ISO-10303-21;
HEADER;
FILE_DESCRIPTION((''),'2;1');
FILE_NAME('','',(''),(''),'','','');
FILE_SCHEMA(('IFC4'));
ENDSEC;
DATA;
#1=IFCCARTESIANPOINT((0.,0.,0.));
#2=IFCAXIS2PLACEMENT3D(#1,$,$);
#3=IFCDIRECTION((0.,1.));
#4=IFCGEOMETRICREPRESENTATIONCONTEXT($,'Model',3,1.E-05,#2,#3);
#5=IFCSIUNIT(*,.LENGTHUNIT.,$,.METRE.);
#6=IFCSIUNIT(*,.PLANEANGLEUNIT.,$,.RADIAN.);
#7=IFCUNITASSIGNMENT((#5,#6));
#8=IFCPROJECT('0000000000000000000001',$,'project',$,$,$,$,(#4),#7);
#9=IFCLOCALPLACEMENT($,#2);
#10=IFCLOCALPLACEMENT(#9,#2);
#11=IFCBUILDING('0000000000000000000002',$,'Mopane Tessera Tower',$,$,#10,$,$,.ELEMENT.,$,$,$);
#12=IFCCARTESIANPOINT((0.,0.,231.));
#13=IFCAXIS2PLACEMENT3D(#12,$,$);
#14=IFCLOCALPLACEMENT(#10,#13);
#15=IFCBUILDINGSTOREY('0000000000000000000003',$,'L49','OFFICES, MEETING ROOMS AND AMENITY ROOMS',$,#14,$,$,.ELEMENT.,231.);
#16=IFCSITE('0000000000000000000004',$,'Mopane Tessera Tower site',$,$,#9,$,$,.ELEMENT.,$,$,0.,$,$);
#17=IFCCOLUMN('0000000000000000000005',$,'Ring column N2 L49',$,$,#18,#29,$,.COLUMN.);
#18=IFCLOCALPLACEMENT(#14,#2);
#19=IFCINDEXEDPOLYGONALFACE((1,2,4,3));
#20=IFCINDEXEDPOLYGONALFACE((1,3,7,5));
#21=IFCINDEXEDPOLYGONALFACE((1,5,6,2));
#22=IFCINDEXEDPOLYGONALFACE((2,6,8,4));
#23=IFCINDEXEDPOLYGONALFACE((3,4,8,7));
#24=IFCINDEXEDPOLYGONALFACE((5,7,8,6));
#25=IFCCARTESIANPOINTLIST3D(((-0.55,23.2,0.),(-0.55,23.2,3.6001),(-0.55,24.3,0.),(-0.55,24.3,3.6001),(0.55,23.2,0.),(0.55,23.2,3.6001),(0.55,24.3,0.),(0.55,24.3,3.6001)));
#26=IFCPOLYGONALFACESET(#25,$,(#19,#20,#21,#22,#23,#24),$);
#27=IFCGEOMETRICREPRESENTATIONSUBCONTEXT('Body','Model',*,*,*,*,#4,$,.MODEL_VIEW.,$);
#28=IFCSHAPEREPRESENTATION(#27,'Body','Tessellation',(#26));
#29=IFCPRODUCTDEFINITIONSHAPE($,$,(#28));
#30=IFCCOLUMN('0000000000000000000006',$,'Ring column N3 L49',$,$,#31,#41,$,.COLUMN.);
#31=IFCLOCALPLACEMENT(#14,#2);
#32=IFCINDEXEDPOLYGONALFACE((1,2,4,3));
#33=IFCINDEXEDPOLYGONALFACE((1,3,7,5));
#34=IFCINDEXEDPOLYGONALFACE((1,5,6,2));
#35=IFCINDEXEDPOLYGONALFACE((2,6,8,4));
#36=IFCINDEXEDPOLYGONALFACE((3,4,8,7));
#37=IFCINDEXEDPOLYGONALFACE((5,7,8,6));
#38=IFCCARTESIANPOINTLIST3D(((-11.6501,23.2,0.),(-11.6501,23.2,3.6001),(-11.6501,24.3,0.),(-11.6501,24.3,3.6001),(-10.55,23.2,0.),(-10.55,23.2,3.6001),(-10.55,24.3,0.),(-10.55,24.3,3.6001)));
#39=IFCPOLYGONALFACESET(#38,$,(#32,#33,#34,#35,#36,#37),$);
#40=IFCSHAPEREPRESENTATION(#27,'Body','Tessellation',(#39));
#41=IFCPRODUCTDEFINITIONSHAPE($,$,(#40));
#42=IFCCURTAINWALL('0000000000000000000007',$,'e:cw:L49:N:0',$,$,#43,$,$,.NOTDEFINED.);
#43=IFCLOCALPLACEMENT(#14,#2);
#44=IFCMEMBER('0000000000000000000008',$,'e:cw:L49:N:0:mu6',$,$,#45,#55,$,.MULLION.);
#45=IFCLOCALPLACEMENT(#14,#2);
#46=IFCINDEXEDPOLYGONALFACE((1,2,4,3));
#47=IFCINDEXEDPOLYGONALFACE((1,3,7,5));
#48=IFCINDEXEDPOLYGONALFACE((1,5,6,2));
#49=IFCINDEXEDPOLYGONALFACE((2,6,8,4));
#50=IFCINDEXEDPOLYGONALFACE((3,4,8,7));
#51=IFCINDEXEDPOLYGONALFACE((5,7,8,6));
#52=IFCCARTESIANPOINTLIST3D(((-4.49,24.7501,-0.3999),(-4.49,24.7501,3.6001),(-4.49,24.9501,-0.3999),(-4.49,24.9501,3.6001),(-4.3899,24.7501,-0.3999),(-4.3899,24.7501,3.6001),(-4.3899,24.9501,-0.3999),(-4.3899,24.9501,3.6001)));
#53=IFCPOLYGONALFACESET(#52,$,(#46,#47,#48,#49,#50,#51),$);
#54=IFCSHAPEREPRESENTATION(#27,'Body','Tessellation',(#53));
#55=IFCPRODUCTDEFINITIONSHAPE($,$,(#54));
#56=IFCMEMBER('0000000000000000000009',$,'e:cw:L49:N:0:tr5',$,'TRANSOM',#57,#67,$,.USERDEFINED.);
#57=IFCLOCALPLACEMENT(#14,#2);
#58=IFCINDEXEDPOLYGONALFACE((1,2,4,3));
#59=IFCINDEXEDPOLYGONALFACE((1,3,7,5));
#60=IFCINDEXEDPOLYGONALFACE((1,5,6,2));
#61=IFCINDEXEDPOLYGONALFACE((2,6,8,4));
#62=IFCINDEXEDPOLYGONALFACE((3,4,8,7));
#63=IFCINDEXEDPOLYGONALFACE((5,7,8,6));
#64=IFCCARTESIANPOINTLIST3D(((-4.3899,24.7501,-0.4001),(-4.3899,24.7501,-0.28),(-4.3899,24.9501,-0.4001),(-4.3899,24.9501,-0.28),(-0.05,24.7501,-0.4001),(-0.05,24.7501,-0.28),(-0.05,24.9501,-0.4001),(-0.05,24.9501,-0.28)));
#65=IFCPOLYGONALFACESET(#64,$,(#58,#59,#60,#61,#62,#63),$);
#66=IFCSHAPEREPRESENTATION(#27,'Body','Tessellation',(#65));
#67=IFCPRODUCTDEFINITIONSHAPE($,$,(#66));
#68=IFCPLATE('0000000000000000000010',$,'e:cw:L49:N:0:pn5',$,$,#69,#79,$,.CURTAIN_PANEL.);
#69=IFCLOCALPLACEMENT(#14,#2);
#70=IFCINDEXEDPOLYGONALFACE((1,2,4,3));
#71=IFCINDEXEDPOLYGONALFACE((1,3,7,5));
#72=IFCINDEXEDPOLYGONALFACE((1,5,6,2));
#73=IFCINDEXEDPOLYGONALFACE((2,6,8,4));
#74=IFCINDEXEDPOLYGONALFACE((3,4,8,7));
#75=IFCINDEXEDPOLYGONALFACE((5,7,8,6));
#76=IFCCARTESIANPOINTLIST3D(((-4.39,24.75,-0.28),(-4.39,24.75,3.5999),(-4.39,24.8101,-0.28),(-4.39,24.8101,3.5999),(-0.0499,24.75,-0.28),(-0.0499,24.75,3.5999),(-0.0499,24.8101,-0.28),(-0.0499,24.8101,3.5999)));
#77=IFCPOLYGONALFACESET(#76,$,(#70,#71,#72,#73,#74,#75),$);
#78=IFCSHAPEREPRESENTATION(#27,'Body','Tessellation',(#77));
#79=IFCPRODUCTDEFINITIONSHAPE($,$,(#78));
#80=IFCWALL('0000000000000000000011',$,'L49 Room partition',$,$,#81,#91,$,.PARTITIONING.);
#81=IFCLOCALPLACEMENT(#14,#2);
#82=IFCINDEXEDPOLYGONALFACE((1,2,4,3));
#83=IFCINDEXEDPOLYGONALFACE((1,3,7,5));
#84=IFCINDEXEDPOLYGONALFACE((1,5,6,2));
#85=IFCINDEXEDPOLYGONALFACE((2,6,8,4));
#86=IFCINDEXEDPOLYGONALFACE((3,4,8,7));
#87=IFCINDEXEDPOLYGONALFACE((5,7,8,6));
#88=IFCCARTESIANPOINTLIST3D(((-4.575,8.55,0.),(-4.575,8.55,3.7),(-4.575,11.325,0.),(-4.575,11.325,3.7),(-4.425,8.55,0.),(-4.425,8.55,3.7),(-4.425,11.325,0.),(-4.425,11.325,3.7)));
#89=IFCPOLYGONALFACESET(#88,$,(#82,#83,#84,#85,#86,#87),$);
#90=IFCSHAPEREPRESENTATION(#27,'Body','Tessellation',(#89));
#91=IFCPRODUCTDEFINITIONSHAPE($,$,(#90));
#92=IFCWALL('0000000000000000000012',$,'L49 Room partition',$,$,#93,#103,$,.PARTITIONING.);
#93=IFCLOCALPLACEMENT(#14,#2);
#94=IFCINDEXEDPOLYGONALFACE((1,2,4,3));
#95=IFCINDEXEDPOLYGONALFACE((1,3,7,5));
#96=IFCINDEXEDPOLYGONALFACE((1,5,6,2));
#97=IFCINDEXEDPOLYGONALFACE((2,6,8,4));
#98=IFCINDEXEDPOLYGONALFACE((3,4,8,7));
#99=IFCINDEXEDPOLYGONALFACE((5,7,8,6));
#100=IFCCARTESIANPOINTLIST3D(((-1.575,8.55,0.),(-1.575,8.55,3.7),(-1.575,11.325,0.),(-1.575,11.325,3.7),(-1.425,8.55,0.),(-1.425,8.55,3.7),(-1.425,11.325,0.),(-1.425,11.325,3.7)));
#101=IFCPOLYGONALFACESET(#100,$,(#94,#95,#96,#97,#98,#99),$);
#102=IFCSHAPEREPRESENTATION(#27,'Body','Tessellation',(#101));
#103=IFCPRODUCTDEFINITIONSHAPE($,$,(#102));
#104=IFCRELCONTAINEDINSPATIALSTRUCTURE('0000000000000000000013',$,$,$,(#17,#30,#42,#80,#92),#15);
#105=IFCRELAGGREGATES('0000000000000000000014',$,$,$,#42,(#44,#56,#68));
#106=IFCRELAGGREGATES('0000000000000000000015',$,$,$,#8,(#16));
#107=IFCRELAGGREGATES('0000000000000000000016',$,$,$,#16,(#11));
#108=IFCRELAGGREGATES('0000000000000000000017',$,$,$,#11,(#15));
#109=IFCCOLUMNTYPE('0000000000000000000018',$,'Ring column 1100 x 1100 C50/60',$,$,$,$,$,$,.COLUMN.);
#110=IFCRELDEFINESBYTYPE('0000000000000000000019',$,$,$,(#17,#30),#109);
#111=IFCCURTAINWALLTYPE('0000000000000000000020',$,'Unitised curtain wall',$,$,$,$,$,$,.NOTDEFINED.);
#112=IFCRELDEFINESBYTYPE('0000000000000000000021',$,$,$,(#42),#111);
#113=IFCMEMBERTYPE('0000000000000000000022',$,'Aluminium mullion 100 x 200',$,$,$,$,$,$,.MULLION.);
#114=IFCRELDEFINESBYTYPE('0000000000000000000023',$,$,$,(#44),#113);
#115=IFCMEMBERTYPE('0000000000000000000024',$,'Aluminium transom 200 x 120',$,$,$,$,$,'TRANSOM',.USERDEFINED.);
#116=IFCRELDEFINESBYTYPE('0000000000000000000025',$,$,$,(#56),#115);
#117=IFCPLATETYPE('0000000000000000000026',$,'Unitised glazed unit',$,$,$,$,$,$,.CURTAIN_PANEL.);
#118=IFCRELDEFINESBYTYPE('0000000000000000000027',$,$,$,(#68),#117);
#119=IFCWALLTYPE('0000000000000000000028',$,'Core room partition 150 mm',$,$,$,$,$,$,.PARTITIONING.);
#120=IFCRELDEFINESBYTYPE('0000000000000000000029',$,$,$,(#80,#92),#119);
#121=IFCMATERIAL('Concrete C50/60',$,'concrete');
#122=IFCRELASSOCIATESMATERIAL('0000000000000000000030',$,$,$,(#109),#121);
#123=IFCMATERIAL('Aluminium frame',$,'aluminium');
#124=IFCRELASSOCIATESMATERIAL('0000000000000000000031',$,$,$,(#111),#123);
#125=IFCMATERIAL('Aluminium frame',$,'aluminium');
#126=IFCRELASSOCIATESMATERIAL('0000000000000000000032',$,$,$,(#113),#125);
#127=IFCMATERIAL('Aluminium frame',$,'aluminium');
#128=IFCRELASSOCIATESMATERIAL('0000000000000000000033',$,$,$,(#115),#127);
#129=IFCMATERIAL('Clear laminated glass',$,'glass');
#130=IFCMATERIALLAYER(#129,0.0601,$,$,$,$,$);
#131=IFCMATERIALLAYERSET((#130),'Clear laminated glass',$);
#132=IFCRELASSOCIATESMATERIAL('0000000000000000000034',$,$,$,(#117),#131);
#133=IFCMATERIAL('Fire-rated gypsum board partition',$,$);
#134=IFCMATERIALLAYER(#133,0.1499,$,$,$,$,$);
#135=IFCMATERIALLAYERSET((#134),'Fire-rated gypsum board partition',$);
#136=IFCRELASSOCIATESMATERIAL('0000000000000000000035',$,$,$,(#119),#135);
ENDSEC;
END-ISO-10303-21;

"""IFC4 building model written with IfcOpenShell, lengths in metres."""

from ifc_helpers import new_model, si_unit, direction, frame, frame_2d, origin, origin_2d, place, context, subcontext, project, spatial, rectangle, extrude, material, layer, layer_set, material_profile, profile_set, type_object, element, aggregate, save


model = new_model("IFC4")

# Units and contexts
model_context = context("Model", 3, precision=1e-05, world=origin(), true_north=direction((0.0, 1.0)))
body_context = subcontext(model_context, "Body", "Model", "MODEL_VIEW")
ifc_project = project(units=[si_unit("LENGTHUNIT", "METRE"), si_unit("PLANEANGLEUNIT", "RADIAN")], contexts=[model_context])

# Site, building, storey
site_placement = place(None, origin())
site = spatial("IfcSite", under=ifc_project, at=site_placement, Name="Mopane Tessera Tower site", CompositionType="ELEMENT", RefElevation=0.0)
building_placement = place(site_placement, origin())
building = spatial("IfcBuilding", under=site, at=building_placement, Name="Mopane Tessera Tower", CompositionType="ELEMENT")
storey_placement = place(building_placement, frame((0.0, 0.0, 231.0)))
storey = spatial("IfcBuildingStorey", under=building, at=storey_placement, Name="L49", Description="OFFICES, MEETING ROOMS AND AMENITY ROOMS", CompositionType="ELEMENT", Elevation=231.0)

# Columns
ifc_material_1 = material(Name="Concrete C50/60", Category="concrete")
ifc_material_profile_1 = material_profile(ifc_material_1, rectangle(XDim=1.1001, YDim=1.1001, at=origin_2d()))
ifc_profile_set_1 = profile_set([ifc_material_profile_1], Name="Concrete C50/60")
column_type = type_object("IfcColumnType", Name="Ring column 1100 x 1100 C50/60", PredefinedType="COLUMN", material=ifc_profile_set_1)
for number, where, z_axis, x_axis, name in (
    (1, (0.0, 23.75, 0.0), (0.0, 0.0, 1.0), (1.0, 0.0, 0.0), "Ring column N2 L49"),
    (2, (-11.1001, 23.75, 0.0), (0.0, 0.0, 1.0), (1.0, 0.0, 0.0), "Ring column N3 L49"),
):
    element("IfcColumn", number, at=place(storey_placement, frame(where, z_axis=z_axis, x_axis=x_axis)), inside=storey, type_object=column_type, Name=name, PredefinedType="COLUMN", context=body_context, shape_type="SweptSolid", body=[
        extrude(rectangle(XDim=1.1001, YDim=1.1001, at=origin_2d()), origin(), (0.0, 0.0, 1.0), 3.6001),
    ])

# Curtain wall, members, plate
ifc_material_2 = material(Name="Aluminium frame", Category="aluminium")
curtain_wall_type = type_object("IfcCurtainWallType", Name="Unitised curtain wall", PredefinedType="NOTDEFINED", material=ifc_material_2)
curtain_wall_placement = place(storey_placement, origin())
curtain_wall = element("IfcCurtainWall", 3, at=curtain_wall_placement, inside=storey, type_object=curtain_wall_type, Name="e:cw:L49:N:0", PredefinedType="NOTDEFINED")
ifc_material_3 = material(Name="Aluminium frame", Category="aluminium")
ifc_material_profile_2 = material_profile(ifc_material_3, rectangle(XDim=0.1001, YDim=0.2, at=origin_2d()))
ifc_profile_set_2 = profile_set([ifc_material_profile_2], Name="Aluminium frame")
member_type_1 = type_object("IfcMemberType", Name="Aluminium mullion 100 x 200", PredefinedType="MULLION", material=ifc_profile_set_2)
member_1_placement = place(storey_placement, frame((-4.4399, 24.8501, -0.3999), z_axis=(0.0, 0.0, 1.0), x_axis=(-1.0, 0.0, 0.0)))
member_1 = element("IfcMember", 4, at=member_1_placement, type_object=member_type_1, Name="e:cw:L49:N:0:mu6", PredefinedType="MULLION", context=body_context, shape_type="SweptSolid", body=[
    extrude(rectangle(XDim=0.1001, YDim=0.2, at=origin_2d()), origin(), (0.0, 0.0, 1.0), 4.0),
])
ifc_material_4 = material(Name="Aluminium frame", Category="aluminium")
ifc_material_profile_3 = material_profile(ifc_material_4, rectangle(XDim=0.2, YDim=0.1201, at=origin_2d()))
ifc_profile_set_3 = profile_set([ifc_material_profile_3], Name="Aluminium frame")
member_type_2 = type_object("IfcMemberType", Name="Aluminium transom 200 x 120", ElementType="TRANSOM", PredefinedType="USERDEFINED", material=ifc_profile_set_3)
member_2_placement = place(storey_placement, frame((-0.05, 24.8501, -0.3401), z_axis=(-1.0, 0.0, 0.0), x_axis=(0.0, -1.0, 0.0)))
member_2 = element("IfcMember", 5, at=member_2_placement, type_object=member_type_2, Name="e:cw:L49:N:0:tr5", ObjectType="TRANSOM", PredefinedType="USERDEFINED", context=body_context, shape_type="SweptSolid", body=[
    extrude(rectangle(XDim=0.2, YDim=0.1201, at=origin_2d()), origin(), (0.0, 0.0, 1.0), 4.3398),
])
ifc_material_5 = material(Name="Clear laminated glass", Category="glass")
ifc_layer_1 = layer(ifc_material_5, 0.0601)
ifc_layer_set_1 = layer_set([ifc_layer_1], Name="Clear laminated glass")
plate_type = type_object("IfcPlateType", Name="Unitised glazed unit", PredefinedType="CURTAIN_PANEL", material=ifc_layer_set_1)
plate_placement = place(storey_placement, frame((-2.22, 24.78, -0.28), z_axis=(0.0, 0.0, 1.0), x_axis=(-1.0, 0.0, 0.0)))
plate = element("IfcPlate", 6, at=plate_placement, type_object=plate_type, Name="e:cw:L49:N:0:pn5", PredefinedType="CURTAIN_PANEL", context=body_context, shape_type="SweptSolid", body=[
    extrude(rectangle(XDim=4.3401, YDim=0.0601, at=origin_2d()), origin(), (0.0, 0.0, 1.0), 3.8799),
])
aggregate(curtain_wall, [member_1, member_2, plate])

# Walls
ifc_material_6 = material(Name="Fire-rated gypsum board partition")
ifc_layer_2 = layer(ifc_material_6, 0.1499)
ifc_layer_set_2 = layer_set([ifc_layer_2], Name="Fire-rated gypsum board partition")
wall_type_1 = type_object("IfcWallType", Name="Core room partition 150 mm", PredefinedType="PARTITIONING", material=ifc_layer_set_2)
for number, where, z_axis, x_axis, name in (
    (7, (-4.5, 8.55, 0.0), (0.0, 0.0, 1.0), (0.0, 1.0, 0.0), "L49 Room partition"),
    (8, (-1.5, 8.55, 0.0), (0.0, 0.0, 1.0), (0.0, 1.0, 0.0), "L49 Room partition"),
):
    element("IfcWall", number, at=place(storey_placement, frame(where, z_axis=z_axis, x_axis=x_axis)), inside=storey, type_object=wall_type_1, Name=name, PredefinedType="PARTITIONING", context=body_context, shape_type="SweptSolid", body=[
        extrude(rectangle(XDim=2.7749, YDim=0.1499, at=frame_2d((1.3875, 0.0))), origin(), (0.0, 0.0, 1.0), 3.7),
    ])

save(model, "model.ifc")
